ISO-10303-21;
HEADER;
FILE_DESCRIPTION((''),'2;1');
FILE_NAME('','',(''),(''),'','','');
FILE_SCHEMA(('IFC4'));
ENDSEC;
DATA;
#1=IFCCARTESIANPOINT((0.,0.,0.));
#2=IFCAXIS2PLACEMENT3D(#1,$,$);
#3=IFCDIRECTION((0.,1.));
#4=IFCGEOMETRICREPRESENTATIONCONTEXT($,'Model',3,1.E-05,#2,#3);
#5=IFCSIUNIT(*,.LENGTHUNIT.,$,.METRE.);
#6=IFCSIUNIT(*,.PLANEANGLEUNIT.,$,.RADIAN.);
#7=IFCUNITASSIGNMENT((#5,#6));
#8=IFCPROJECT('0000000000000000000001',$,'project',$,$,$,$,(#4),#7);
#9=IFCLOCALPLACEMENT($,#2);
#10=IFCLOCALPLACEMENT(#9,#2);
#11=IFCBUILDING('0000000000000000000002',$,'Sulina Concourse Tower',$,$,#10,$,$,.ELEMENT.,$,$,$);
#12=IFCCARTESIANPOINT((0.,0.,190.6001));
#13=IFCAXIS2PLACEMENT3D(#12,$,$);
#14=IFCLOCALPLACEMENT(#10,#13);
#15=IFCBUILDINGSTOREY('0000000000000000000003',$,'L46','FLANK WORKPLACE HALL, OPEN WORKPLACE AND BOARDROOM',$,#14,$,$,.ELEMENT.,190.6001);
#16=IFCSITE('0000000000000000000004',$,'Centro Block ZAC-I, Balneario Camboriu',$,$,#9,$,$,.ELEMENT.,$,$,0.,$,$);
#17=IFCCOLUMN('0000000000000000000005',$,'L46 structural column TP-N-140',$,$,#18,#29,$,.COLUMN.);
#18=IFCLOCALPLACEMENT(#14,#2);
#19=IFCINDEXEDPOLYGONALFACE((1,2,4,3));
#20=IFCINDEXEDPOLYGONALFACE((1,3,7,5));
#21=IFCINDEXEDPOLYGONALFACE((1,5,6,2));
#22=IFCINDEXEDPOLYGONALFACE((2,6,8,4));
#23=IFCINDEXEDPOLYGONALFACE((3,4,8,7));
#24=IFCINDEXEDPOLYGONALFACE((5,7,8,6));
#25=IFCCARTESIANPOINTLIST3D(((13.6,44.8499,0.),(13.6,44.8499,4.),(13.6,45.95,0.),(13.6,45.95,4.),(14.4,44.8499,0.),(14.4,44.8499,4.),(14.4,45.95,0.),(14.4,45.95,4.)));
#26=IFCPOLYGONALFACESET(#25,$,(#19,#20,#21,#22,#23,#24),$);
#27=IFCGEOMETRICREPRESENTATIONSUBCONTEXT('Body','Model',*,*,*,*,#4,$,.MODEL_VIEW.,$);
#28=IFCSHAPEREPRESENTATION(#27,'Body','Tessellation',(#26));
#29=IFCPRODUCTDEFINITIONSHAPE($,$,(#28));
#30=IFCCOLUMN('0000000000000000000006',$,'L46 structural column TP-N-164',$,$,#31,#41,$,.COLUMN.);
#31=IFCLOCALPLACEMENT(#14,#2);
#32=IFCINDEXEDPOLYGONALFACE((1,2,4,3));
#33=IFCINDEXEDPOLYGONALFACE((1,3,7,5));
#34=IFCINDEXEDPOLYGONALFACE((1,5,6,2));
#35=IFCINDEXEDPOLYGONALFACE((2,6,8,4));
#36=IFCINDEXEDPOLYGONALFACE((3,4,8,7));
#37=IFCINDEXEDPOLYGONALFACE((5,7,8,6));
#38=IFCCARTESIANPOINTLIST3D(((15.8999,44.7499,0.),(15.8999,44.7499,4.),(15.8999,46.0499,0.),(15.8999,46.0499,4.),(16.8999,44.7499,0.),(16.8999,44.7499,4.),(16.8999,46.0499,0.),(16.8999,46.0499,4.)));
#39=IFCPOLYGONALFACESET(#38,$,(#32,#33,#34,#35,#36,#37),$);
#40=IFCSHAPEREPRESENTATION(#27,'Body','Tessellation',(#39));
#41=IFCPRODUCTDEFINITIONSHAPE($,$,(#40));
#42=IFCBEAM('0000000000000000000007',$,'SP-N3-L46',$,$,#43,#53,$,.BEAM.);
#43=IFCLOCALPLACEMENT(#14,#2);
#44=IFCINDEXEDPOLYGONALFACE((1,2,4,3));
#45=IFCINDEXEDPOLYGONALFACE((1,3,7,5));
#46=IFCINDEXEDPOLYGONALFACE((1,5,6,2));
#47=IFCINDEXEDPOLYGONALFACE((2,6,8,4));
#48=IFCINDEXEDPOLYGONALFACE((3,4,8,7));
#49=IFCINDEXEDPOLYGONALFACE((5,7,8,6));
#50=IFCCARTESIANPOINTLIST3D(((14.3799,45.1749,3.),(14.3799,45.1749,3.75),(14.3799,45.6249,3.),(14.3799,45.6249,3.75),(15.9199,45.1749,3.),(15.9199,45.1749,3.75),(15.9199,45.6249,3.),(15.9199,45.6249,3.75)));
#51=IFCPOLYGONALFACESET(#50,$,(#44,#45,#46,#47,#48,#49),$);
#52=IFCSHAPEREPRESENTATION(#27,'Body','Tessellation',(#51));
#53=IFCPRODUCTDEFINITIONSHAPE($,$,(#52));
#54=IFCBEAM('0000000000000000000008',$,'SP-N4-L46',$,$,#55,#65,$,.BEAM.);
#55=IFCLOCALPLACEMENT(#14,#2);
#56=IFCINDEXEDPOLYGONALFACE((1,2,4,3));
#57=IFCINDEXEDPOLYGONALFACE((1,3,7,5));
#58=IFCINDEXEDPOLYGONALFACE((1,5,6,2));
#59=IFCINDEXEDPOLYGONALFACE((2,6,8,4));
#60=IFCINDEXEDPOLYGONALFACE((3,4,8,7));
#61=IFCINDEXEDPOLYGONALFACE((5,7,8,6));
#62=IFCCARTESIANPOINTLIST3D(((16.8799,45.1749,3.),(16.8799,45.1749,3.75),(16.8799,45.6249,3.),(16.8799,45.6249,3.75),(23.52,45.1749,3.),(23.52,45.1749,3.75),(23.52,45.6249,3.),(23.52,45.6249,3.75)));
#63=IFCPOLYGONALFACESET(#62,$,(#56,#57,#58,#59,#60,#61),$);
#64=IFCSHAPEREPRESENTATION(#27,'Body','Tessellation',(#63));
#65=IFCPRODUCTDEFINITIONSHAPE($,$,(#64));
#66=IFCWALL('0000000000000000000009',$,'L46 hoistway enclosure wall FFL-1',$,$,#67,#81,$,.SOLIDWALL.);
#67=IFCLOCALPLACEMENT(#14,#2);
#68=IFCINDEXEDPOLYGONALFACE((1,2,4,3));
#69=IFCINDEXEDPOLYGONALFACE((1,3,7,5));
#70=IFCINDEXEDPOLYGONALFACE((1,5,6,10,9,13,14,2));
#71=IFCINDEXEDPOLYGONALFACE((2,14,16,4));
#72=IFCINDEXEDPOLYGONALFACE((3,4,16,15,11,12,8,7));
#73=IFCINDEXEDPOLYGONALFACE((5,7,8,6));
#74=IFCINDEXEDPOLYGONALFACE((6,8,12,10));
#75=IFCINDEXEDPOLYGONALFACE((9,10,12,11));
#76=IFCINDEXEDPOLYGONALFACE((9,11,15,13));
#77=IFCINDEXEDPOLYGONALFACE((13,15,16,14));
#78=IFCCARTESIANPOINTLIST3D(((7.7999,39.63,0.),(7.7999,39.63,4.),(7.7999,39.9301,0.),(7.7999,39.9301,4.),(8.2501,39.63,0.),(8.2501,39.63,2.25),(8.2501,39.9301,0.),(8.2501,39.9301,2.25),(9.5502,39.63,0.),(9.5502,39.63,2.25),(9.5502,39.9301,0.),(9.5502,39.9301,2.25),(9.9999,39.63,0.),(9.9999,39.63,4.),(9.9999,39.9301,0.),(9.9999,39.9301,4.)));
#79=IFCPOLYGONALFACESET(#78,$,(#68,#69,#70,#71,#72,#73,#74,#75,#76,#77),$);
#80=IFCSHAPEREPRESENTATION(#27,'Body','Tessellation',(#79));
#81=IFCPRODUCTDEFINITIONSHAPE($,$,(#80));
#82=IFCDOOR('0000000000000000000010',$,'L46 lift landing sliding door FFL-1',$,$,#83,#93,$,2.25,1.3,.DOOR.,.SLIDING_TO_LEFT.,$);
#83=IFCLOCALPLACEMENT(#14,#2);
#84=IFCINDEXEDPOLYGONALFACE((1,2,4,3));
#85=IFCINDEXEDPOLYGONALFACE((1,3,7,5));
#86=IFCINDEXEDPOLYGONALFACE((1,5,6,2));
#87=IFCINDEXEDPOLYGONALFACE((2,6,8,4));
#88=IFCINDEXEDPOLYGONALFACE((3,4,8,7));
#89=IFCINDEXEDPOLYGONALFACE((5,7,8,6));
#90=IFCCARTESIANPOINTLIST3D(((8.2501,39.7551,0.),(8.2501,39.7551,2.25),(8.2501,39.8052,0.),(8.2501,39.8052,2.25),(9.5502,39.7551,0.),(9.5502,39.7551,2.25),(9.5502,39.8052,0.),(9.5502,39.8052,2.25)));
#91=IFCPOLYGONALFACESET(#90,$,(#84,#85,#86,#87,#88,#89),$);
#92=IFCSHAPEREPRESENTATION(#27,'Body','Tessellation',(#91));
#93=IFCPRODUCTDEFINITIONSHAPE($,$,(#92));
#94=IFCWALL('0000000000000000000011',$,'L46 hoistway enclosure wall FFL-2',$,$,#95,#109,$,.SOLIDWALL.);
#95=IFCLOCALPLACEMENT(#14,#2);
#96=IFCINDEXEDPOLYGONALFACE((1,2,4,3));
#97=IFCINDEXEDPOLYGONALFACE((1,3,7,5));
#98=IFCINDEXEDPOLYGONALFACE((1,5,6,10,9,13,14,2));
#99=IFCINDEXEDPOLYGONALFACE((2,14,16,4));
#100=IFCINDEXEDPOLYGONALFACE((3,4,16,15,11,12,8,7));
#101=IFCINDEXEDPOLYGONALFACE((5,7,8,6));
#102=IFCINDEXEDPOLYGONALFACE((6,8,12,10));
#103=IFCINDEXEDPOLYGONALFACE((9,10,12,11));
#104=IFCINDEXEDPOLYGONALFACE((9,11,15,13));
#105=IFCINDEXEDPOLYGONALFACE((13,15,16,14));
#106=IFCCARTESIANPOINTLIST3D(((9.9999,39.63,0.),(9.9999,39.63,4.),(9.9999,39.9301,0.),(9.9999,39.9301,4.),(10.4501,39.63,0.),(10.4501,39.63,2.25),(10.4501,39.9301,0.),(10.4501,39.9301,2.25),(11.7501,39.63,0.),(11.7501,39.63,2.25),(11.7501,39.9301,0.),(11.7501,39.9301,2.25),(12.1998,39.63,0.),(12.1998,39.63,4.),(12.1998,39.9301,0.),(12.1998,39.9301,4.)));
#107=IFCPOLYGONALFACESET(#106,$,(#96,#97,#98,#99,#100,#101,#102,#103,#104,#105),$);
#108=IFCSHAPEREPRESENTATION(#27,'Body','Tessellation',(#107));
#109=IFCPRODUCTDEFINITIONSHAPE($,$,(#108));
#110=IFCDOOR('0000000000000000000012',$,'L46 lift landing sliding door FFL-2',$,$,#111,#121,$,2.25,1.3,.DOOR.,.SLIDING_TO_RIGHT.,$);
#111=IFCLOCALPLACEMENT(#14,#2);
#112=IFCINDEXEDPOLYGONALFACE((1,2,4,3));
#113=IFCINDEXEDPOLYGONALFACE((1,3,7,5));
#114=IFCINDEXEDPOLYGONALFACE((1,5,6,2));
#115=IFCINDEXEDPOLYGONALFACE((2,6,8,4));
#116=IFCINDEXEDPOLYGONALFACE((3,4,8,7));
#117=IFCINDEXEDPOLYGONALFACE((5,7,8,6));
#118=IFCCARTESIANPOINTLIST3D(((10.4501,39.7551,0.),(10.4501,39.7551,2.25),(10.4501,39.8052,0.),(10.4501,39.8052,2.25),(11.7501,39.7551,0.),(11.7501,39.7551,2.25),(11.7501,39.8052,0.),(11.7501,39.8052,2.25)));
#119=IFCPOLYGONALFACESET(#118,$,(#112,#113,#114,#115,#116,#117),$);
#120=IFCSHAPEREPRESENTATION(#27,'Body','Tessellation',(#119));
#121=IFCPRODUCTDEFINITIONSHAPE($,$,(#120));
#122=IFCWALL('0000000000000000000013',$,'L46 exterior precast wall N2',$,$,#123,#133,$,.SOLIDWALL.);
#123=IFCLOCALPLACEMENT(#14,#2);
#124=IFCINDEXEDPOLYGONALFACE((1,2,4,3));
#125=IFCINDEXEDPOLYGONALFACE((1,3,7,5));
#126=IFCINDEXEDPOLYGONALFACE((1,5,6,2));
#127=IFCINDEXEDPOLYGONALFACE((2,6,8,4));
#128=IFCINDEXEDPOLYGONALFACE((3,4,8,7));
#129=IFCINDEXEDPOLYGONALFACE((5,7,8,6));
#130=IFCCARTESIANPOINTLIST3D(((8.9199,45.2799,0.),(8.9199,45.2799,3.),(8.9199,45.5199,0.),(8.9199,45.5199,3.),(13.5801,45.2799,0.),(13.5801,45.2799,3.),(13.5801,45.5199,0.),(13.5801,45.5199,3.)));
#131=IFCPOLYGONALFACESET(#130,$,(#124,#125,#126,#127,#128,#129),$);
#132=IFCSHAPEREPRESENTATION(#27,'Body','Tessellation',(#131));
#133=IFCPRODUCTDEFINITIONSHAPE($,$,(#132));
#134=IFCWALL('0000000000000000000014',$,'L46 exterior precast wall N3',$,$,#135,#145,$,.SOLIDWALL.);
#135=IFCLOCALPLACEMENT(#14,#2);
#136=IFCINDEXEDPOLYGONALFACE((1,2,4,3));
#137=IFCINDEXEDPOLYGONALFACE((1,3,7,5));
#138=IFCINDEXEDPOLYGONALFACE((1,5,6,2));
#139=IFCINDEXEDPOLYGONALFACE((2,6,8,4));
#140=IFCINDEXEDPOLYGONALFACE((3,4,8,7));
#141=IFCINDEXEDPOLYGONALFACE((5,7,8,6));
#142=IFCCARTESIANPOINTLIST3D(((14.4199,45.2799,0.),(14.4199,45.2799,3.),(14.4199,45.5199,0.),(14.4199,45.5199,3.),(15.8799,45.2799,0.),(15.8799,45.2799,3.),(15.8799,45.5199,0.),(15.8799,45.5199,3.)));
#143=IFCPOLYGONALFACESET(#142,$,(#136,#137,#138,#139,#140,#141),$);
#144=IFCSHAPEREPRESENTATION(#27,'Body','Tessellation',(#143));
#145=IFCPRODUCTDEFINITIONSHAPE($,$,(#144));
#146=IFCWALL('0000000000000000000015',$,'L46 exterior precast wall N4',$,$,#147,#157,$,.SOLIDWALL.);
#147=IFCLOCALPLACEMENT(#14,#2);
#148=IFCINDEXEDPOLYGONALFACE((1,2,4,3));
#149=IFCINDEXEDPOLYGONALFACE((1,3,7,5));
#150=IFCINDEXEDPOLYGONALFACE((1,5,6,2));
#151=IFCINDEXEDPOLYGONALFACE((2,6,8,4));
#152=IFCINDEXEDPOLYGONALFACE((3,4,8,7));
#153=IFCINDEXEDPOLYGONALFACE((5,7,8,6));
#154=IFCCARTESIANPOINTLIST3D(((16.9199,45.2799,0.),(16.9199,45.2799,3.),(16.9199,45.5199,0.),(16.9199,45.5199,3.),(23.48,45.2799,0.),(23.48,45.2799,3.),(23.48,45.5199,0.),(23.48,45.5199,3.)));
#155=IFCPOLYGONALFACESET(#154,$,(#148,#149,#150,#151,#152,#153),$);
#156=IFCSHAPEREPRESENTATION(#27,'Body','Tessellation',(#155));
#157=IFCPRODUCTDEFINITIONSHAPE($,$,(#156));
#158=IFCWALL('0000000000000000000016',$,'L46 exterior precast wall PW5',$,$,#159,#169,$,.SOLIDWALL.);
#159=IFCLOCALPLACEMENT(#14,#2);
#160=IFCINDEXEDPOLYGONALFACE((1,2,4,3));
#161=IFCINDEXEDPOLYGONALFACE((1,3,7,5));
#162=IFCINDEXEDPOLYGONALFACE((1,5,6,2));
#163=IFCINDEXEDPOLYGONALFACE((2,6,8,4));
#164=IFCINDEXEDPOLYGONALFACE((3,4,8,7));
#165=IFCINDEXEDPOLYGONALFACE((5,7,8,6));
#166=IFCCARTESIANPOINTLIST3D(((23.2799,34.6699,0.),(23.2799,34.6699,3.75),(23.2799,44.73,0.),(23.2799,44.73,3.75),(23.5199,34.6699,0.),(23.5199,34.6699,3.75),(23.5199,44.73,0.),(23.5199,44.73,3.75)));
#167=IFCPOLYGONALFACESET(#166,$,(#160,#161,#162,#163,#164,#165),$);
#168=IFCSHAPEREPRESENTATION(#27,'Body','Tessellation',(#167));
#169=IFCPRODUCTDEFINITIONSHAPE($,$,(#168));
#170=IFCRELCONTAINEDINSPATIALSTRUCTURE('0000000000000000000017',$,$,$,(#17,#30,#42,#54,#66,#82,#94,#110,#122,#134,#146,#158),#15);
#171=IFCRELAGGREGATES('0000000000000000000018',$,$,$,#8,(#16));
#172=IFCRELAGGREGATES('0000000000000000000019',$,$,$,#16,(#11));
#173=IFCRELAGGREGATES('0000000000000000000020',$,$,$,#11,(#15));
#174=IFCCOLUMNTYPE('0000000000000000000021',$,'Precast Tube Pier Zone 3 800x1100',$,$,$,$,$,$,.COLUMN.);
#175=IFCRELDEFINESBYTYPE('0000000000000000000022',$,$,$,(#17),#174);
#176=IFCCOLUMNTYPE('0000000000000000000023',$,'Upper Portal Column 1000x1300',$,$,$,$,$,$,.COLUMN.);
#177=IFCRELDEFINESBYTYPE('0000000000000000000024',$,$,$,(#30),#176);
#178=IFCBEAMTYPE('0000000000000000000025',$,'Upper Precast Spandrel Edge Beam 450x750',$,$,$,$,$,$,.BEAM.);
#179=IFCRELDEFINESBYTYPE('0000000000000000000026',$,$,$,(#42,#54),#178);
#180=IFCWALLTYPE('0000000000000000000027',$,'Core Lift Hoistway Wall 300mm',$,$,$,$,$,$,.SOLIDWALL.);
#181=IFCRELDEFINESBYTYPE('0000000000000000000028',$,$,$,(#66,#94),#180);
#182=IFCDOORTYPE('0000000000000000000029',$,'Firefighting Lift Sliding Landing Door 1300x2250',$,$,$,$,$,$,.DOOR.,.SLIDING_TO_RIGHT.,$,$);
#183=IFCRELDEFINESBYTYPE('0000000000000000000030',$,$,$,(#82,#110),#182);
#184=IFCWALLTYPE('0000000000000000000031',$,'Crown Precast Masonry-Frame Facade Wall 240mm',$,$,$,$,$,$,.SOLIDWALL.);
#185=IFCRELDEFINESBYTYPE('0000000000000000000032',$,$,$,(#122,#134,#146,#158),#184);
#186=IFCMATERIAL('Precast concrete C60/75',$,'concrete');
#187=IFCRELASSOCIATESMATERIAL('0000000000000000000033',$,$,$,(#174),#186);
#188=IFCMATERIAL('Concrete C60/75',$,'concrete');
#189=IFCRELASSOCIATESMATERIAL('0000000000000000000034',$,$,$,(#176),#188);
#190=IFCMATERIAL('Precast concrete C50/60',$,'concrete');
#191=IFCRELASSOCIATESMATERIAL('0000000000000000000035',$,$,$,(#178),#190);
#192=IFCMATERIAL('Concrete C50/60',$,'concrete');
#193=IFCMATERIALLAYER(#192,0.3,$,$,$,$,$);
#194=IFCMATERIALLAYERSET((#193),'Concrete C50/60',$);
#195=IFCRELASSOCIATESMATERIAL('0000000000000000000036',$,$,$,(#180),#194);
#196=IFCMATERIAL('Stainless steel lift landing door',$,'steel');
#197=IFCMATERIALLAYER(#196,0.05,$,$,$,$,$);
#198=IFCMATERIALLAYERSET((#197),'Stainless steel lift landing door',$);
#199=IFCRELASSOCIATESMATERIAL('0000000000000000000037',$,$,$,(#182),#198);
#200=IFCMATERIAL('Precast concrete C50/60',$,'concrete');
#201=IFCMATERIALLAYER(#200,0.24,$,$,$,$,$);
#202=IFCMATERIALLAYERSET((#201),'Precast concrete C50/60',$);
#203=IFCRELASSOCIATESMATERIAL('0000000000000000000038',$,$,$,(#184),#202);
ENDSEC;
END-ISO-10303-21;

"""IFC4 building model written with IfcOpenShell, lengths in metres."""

from ifc_helpers import new_model, si_unit, direction, frame, frame_2d, origin, origin_2d, place, context, subcontext, project, spatial, rectangle, extrude, material, layer, layer_set, material_profile, profile_set, type_object, element, fill, save


model = new_model("IFC4")

# Units and contexts
model_context = context("Model", 3, precision=1e-05, world=origin(), true_north=direction((0.0, 1.0)))
body_context = subcontext(model_context, "Body", "Model", "MODEL_VIEW")
ifc_project = project(units=[si_unit("LENGTHUNIT", "METRE"), si_unit("PLANEANGLEUNIT", "RADIAN")], contexts=[model_context])

# Site, building, storey
site_placement = place(None, origin())
site = spatial("IfcSite", under=ifc_project, at=site_placement, Name="Centro Block ZAC-I, Balneario Camboriu", CompositionType="ELEMENT", RefElevation=0.0)
building_placement = place(site_placement, origin())
building = spatial("IfcBuilding", under=site, at=building_placement, Name="Sulina Concourse Tower", CompositionType="ELEMENT")
storey_placement = place(building_placement, frame((0.0, 0.0, 190.6001)))
storey = spatial("IfcBuildingStorey", under=building, at=storey_placement, Name="L46", Description="FLANK WORKPLACE HALL, OPEN WORKPLACE AND BOARDROOM", CompositionType="ELEMENT", Elevation=190.6001)

# Columns
ifc_material_1 = material(Name="Precast concrete C60/75", Category="concrete")
ifc_material_profile_1 = material_profile(ifc_material_1, rectangle(XDim=0.8, YDim=1.1001, at=origin_2d()), Name="PC 800x1100")
ifc_profile_set_1 = profile_set([ifc_material_profile_1], Name="Precast concrete C60/75")
column_type_1 = type_object("IfcColumnType", Name="Precast Tube Pier Zone 3 800x1100", PredefinedType="COLUMN", material=ifc_profile_set_1)
column_1_placement = place(storey_placement, frame((14.0, 45.3999, 0.0), z_axis=(0.0, 0.0, 1.0), x_axis=(1.0, 0.0, 0.0)))
element("IfcColumn", 1, at=column_1_placement, inside=storey, type_object=column_type_1, Name="L46 structural column TP-N-140", PredefinedType="COLUMN", context=body_context, shape_type="SweptSolid", body=[
    extrude(rectangle(XDim=0.8, YDim=1.1001, at=origin_2d()), origin(), (0.0, 0.0, 1.0), 4.0),
])
ifc_material_2 = material(Name="Concrete C60/75", Category="concrete")
ifc_material_profile_2 = material_profile(ifc_material_2, rectangle(XDim=1.0, YDim=1.3, at=origin_2d()), Name="RC 1000x1300")
ifc_profile_set_2 = profile_set([ifc_material_profile_2], Name="Concrete C60/75")
column_type_2 = type_object("IfcColumnType", Name="Upper Portal Column 1000x1300", PredefinedType="COLUMN", material=ifc_profile_set_2)
column_2_placement = place(storey_placement, frame((16.3999, 45.3999, 0.0), z_axis=(0.0, 0.0, 1.0), x_axis=(1.0, 0.0, 0.0)))
element("IfcColumn", 2, at=column_2_placement, inside=storey, type_object=column_type_2, Name="L46 structural column TP-N-164", PredefinedType="COLUMN", context=body_context, shape_type="SweptSolid", body=[
    extrude(rectangle(XDim=1.0, YDim=1.3, at=origin_2d()), origin(), (0.0, 0.0, 1.0), 4.0),
])

# Beams
ifc_material_3 = material(Name="Precast concrete C50/60", Category="concrete")
ifc_material_profile_3 = material_profile(ifc_material_3, rectangle(XDim=0.45, YDim=0.75, at=origin_2d()), Name="RC 450x750")
ifc_profile_set_3 = profile_set([ifc_material_profile_3], Name="Precast concrete C50/60")
beam_type = type_object("IfcBeamType", Name="Upper Precast Spandrel Edge Beam 450x750", PredefinedType="BEAM", material=ifc_profile_set_3)
beam_1_placement = place(storey_placement, frame((14.3799, 45.3999, 3.375), z_axis=(1.0, 0.0, 0.0), x_axis=(0.0, 1.0, 0.0)))
element("IfcBeam", 3, at=beam_1_placement, inside=storey, type_object=beam_type, Name="SP-N3-L46", PredefinedType="BEAM", context=body_context, shape_type="SweptSolid", body=[
    extrude(rectangle(XDim=0.45, YDim=0.75, at=origin_2d()), origin(), (0.0, 0.0, 1.0), 1.54),
])
beam_2_placement = place(storey_placement, frame((16.8799, 45.3999, 3.375), z_axis=(1.0, 0.0, 0.0), x_axis=(0.0, 1.0, 0.0)))
element("IfcBeam", 4, at=beam_2_placement, inside=storey, type_object=beam_type, Name="SP-N4-L46", PredefinedType="BEAM", context=body_context, shape_type="SweptSolid", body=[
    extrude(rectangle(XDim=0.45, YDim=0.75, at=origin_2d()), origin(), (0.0, 0.0, 1.0), 6.6401),
])

# Walls, openings, doors
ifc_material_4 = material(Name="Concrete C50/60", Category="concrete")
ifc_layer_1 = layer(ifc_material_4, 0.3)
ifc_layer_set_1 = layer_set([ifc_layer_1], Name="Concrete C50/60")
wall_type_1 = type_object("IfcWallType", Name="Core Lift Hoistway Wall 300mm", PredefinedType="SOLIDWALL", material=ifc_layer_set_1)
wall_1_placement = place(storey_placement, frame((10.0, 39.78, 0.0), z_axis=(0.0, 0.0, 1.0), x_axis=(-1.0, 0.0, 0.0)))
wall_1 = element("IfcWall", 5, at=wall_1_placement, inside=storey, type_object=wall_type_1, Name="L46 hoistway enclosure wall FFL-1", PredefinedType="SOLIDWALL", context=body_context, shape_type="SweptSolid", body=[
    extrude(rectangle(XDim=2.2, YDim=0.3, at=frame_2d((1.1001, 0.0))), origin(), (0.0, 0.0, 1.0), 4.0),
])
opening_1_placement = place(wall_1_placement, frame((0.45, 0.0, 0.0)))
opening_1 = element("IfcOpeningElement", 6, at=opening_1_placement, cuts=wall_1, PredefinedType="OPENING", context=body_context, shape_type="SweptSolid", body=[
    extrude(rectangle(XDim=1.3, YDim=2.25, at=frame_2d((0.6499, 1.125))), frame((0.0, 0.1599, 0.0), z_axis=(0.0, -1.0, 0.0), x_axis=(1.0, 0.0, 0.0)), (0.0, 0.0, 1.0), 0.3201),
])
ifc_material_5 = material(Name="Stainless steel lift landing door", Category="steel")
ifc_layer_2 = layer(ifc_material_5, 0.05)
ifc_layer_set_2 = layer_set([ifc_layer_2], Name="Stainless steel lift landing door")
door_type_1 = type_object("IfcDoorType", Name="Firefighting Lift Sliding Landing Door 1300x2250", OperationType="SLIDING_TO_RIGHT", PredefinedType="DOOR", material=ifc_layer_set_2)
door_1_placement = place(opening_1_placement, origin())
door_1 = element("IfcDoor", 7, at=door_1_placement, inside=storey, type_object=door_type_1, Name="L46 lift landing sliding door FFL-1", OperationType="SLIDING_TO_LEFT", OverallHeight=2.25, OverallWidth=1.3, PredefinedType="DOOR", context=body_context, shape_type="SweptSolid", body=[
    extrude(rectangle(XDim=1.3, YDim=2.25, at=frame_2d((0.6499, 1.125))), frame((0.0, 0.0249, 0.0), z_axis=(0.0, -1.0, 0.0), x_axis=(1.0, 0.0, 0.0)), (0.0, 0.0, 1.0), 0.05),
])
fill(opening_1, door_1)
wall_2_placement = place(storey_placement, frame((12.2, 39.78, 0.0), z_axis=(0.0, 0.0, 1.0), x_axis=(-1.0, 0.0, 0.0)))
wall_2 = element("IfcWall", 8, at=wall_2_placement, inside=storey, type_object=wall_type_1, Name="L46 hoistway enclosure wall FFL-2", PredefinedType="SOLIDWALL", context=body_context, shape_type="SweptSolid", body=[
    extrude(rectangle(XDim=2.2, YDim=0.3, at=frame_2d((1.1001, 0.0))), origin(), (0.0, 0.0, 1.0), 4.0),
])
opening_2_placement = place(wall_2_placement, frame((0.45, 0.0, 0.0)))
opening_2 = element("IfcOpeningElement", 9, at=opening_2_placement, cuts=wall_2, PredefinedType="OPENING", context=body_context, shape_type="SweptSolid", body=[
    extrude(rectangle(XDim=1.3, YDim=2.25, at=frame_2d((0.6499, 1.125))), frame((0.0, 0.1599, 0.0), z_axis=(0.0, -1.0, 0.0), x_axis=(1.0, 0.0, 0.0)), (0.0, 0.0, 1.0), 0.3201),
])
door_2_placement = place(opening_2_placement, origin())
door_2 = element("IfcDoor", 10, at=door_2_placement, inside=storey, type_object=door_type_1, Name="L46 lift landing sliding door FFL-2", OperationType="SLIDING_TO_RIGHT", OverallHeight=2.25, OverallWidth=1.3, PredefinedType="DOOR", context=body_context, shape_type="SweptSolid", body=[
    extrude(rectangle(XDim=1.3, YDim=2.25, at=frame_2d((0.6499, 1.125))), frame((0.0, 0.0249, 0.0), z_axis=(0.0, -1.0, 0.0), x_axis=(1.0, 0.0, 0.0)), (0.0, 0.0, 1.0), 0.05),
])
fill(opening_2, door_2)

# Walls
ifc_material_6 = material(Name="Precast concrete C50/60", Category="concrete")
ifc_layer_3 = layer(ifc_material_6, 0.24)
ifc_layer_set_3 = layer_set([ifc_layer_3], Name="Precast concrete C50/60")
wall_type_2 = type_object("IfcWallType", Name="Crown Precast Masonry-Frame Facade Wall 240mm", PredefinedType="SOLIDWALL", material=ifc_layer_set_3)
wall_3_placement = place(storey_placement, frame((8.9199, 45.3999, 0.0), z_axis=(0.0, 0.0, 1.0), x_axis=(1.0, 0.0, 0.0)))
element("IfcWall", 11, at=wall_3_placement, inside=storey, type_object=wall_type_2, Name="L46 exterior precast wall N2", PredefinedType="SOLIDWALL", context=body_context, shape_type="SweptSolid", body=[
    extrude(rectangle(XDim=4.6602, YDim=0.24, at=frame_2d((2.3301, 0.0))), origin(), (0.0, 0.0, 1.0), 3.0),
])
wall_4_placement = place(storey_placement, frame((14.4199, 45.3999, 0.0), z_axis=(0.0, 0.0, 1.0), x_axis=(1.0, 0.0, 0.0)))
element("IfcWall", 12, at=wall_4_placement, inside=storey, type_object=wall_type_2, Name="L46 exterior precast wall N3", PredefinedType="SOLIDWALL", context=body_context, shape_type="SweptSolid", body=[
    extrude(rectangle(XDim=1.46, YDim=0.24, at=frame_2d((0.73, 0.0))), origin(), (0.0, 0.0, 1.0), 3.0),
])
wall_5_placement = place(storey_placement, frame((16.9199, 45.3999, 0.0), z_axis=(0.0, 0.0, 1.0), x_axis=(1.0, 0.0, 0.0)))
element("IfcWall", 13, at=wall_5_placement, inside=storey, type_object=wall_type_2, Name="L46 exterior precast wall N4", PredefinedType="SOLIDWALL", context=body_context, shape_type="SweptSolid", body=[
    extrude(rectangle(XDim=6.5601, YDim=0.24, at=frame_2d((3.28, 0.0))), origin(), (0.0, 0.0, 1.0), 3.0),
])
wall_6_placement = place(storey_placement, frame((23.3999, 44.73, 0.0), z_axis=(0.0, 0.0, 1.0), x_axis=(0.0, -1.0, 0.0)))
element("IfcWall", 14, at=wall_6_placement, inside=storey, type_object=wall_type_2, Name="L46 exterior precast wall PW5", PredefinedType="SOLIDWALL", context=body_context, shape_type="SweptSolid", body=[
    extrude(rectangle(XDim=10.0601, YDim=0.24, at=frame_2d((5.03, 0.0))), origin(), (0.0, 0.0, 1.0), 3.75),
])

save(model, "model.ifc")
